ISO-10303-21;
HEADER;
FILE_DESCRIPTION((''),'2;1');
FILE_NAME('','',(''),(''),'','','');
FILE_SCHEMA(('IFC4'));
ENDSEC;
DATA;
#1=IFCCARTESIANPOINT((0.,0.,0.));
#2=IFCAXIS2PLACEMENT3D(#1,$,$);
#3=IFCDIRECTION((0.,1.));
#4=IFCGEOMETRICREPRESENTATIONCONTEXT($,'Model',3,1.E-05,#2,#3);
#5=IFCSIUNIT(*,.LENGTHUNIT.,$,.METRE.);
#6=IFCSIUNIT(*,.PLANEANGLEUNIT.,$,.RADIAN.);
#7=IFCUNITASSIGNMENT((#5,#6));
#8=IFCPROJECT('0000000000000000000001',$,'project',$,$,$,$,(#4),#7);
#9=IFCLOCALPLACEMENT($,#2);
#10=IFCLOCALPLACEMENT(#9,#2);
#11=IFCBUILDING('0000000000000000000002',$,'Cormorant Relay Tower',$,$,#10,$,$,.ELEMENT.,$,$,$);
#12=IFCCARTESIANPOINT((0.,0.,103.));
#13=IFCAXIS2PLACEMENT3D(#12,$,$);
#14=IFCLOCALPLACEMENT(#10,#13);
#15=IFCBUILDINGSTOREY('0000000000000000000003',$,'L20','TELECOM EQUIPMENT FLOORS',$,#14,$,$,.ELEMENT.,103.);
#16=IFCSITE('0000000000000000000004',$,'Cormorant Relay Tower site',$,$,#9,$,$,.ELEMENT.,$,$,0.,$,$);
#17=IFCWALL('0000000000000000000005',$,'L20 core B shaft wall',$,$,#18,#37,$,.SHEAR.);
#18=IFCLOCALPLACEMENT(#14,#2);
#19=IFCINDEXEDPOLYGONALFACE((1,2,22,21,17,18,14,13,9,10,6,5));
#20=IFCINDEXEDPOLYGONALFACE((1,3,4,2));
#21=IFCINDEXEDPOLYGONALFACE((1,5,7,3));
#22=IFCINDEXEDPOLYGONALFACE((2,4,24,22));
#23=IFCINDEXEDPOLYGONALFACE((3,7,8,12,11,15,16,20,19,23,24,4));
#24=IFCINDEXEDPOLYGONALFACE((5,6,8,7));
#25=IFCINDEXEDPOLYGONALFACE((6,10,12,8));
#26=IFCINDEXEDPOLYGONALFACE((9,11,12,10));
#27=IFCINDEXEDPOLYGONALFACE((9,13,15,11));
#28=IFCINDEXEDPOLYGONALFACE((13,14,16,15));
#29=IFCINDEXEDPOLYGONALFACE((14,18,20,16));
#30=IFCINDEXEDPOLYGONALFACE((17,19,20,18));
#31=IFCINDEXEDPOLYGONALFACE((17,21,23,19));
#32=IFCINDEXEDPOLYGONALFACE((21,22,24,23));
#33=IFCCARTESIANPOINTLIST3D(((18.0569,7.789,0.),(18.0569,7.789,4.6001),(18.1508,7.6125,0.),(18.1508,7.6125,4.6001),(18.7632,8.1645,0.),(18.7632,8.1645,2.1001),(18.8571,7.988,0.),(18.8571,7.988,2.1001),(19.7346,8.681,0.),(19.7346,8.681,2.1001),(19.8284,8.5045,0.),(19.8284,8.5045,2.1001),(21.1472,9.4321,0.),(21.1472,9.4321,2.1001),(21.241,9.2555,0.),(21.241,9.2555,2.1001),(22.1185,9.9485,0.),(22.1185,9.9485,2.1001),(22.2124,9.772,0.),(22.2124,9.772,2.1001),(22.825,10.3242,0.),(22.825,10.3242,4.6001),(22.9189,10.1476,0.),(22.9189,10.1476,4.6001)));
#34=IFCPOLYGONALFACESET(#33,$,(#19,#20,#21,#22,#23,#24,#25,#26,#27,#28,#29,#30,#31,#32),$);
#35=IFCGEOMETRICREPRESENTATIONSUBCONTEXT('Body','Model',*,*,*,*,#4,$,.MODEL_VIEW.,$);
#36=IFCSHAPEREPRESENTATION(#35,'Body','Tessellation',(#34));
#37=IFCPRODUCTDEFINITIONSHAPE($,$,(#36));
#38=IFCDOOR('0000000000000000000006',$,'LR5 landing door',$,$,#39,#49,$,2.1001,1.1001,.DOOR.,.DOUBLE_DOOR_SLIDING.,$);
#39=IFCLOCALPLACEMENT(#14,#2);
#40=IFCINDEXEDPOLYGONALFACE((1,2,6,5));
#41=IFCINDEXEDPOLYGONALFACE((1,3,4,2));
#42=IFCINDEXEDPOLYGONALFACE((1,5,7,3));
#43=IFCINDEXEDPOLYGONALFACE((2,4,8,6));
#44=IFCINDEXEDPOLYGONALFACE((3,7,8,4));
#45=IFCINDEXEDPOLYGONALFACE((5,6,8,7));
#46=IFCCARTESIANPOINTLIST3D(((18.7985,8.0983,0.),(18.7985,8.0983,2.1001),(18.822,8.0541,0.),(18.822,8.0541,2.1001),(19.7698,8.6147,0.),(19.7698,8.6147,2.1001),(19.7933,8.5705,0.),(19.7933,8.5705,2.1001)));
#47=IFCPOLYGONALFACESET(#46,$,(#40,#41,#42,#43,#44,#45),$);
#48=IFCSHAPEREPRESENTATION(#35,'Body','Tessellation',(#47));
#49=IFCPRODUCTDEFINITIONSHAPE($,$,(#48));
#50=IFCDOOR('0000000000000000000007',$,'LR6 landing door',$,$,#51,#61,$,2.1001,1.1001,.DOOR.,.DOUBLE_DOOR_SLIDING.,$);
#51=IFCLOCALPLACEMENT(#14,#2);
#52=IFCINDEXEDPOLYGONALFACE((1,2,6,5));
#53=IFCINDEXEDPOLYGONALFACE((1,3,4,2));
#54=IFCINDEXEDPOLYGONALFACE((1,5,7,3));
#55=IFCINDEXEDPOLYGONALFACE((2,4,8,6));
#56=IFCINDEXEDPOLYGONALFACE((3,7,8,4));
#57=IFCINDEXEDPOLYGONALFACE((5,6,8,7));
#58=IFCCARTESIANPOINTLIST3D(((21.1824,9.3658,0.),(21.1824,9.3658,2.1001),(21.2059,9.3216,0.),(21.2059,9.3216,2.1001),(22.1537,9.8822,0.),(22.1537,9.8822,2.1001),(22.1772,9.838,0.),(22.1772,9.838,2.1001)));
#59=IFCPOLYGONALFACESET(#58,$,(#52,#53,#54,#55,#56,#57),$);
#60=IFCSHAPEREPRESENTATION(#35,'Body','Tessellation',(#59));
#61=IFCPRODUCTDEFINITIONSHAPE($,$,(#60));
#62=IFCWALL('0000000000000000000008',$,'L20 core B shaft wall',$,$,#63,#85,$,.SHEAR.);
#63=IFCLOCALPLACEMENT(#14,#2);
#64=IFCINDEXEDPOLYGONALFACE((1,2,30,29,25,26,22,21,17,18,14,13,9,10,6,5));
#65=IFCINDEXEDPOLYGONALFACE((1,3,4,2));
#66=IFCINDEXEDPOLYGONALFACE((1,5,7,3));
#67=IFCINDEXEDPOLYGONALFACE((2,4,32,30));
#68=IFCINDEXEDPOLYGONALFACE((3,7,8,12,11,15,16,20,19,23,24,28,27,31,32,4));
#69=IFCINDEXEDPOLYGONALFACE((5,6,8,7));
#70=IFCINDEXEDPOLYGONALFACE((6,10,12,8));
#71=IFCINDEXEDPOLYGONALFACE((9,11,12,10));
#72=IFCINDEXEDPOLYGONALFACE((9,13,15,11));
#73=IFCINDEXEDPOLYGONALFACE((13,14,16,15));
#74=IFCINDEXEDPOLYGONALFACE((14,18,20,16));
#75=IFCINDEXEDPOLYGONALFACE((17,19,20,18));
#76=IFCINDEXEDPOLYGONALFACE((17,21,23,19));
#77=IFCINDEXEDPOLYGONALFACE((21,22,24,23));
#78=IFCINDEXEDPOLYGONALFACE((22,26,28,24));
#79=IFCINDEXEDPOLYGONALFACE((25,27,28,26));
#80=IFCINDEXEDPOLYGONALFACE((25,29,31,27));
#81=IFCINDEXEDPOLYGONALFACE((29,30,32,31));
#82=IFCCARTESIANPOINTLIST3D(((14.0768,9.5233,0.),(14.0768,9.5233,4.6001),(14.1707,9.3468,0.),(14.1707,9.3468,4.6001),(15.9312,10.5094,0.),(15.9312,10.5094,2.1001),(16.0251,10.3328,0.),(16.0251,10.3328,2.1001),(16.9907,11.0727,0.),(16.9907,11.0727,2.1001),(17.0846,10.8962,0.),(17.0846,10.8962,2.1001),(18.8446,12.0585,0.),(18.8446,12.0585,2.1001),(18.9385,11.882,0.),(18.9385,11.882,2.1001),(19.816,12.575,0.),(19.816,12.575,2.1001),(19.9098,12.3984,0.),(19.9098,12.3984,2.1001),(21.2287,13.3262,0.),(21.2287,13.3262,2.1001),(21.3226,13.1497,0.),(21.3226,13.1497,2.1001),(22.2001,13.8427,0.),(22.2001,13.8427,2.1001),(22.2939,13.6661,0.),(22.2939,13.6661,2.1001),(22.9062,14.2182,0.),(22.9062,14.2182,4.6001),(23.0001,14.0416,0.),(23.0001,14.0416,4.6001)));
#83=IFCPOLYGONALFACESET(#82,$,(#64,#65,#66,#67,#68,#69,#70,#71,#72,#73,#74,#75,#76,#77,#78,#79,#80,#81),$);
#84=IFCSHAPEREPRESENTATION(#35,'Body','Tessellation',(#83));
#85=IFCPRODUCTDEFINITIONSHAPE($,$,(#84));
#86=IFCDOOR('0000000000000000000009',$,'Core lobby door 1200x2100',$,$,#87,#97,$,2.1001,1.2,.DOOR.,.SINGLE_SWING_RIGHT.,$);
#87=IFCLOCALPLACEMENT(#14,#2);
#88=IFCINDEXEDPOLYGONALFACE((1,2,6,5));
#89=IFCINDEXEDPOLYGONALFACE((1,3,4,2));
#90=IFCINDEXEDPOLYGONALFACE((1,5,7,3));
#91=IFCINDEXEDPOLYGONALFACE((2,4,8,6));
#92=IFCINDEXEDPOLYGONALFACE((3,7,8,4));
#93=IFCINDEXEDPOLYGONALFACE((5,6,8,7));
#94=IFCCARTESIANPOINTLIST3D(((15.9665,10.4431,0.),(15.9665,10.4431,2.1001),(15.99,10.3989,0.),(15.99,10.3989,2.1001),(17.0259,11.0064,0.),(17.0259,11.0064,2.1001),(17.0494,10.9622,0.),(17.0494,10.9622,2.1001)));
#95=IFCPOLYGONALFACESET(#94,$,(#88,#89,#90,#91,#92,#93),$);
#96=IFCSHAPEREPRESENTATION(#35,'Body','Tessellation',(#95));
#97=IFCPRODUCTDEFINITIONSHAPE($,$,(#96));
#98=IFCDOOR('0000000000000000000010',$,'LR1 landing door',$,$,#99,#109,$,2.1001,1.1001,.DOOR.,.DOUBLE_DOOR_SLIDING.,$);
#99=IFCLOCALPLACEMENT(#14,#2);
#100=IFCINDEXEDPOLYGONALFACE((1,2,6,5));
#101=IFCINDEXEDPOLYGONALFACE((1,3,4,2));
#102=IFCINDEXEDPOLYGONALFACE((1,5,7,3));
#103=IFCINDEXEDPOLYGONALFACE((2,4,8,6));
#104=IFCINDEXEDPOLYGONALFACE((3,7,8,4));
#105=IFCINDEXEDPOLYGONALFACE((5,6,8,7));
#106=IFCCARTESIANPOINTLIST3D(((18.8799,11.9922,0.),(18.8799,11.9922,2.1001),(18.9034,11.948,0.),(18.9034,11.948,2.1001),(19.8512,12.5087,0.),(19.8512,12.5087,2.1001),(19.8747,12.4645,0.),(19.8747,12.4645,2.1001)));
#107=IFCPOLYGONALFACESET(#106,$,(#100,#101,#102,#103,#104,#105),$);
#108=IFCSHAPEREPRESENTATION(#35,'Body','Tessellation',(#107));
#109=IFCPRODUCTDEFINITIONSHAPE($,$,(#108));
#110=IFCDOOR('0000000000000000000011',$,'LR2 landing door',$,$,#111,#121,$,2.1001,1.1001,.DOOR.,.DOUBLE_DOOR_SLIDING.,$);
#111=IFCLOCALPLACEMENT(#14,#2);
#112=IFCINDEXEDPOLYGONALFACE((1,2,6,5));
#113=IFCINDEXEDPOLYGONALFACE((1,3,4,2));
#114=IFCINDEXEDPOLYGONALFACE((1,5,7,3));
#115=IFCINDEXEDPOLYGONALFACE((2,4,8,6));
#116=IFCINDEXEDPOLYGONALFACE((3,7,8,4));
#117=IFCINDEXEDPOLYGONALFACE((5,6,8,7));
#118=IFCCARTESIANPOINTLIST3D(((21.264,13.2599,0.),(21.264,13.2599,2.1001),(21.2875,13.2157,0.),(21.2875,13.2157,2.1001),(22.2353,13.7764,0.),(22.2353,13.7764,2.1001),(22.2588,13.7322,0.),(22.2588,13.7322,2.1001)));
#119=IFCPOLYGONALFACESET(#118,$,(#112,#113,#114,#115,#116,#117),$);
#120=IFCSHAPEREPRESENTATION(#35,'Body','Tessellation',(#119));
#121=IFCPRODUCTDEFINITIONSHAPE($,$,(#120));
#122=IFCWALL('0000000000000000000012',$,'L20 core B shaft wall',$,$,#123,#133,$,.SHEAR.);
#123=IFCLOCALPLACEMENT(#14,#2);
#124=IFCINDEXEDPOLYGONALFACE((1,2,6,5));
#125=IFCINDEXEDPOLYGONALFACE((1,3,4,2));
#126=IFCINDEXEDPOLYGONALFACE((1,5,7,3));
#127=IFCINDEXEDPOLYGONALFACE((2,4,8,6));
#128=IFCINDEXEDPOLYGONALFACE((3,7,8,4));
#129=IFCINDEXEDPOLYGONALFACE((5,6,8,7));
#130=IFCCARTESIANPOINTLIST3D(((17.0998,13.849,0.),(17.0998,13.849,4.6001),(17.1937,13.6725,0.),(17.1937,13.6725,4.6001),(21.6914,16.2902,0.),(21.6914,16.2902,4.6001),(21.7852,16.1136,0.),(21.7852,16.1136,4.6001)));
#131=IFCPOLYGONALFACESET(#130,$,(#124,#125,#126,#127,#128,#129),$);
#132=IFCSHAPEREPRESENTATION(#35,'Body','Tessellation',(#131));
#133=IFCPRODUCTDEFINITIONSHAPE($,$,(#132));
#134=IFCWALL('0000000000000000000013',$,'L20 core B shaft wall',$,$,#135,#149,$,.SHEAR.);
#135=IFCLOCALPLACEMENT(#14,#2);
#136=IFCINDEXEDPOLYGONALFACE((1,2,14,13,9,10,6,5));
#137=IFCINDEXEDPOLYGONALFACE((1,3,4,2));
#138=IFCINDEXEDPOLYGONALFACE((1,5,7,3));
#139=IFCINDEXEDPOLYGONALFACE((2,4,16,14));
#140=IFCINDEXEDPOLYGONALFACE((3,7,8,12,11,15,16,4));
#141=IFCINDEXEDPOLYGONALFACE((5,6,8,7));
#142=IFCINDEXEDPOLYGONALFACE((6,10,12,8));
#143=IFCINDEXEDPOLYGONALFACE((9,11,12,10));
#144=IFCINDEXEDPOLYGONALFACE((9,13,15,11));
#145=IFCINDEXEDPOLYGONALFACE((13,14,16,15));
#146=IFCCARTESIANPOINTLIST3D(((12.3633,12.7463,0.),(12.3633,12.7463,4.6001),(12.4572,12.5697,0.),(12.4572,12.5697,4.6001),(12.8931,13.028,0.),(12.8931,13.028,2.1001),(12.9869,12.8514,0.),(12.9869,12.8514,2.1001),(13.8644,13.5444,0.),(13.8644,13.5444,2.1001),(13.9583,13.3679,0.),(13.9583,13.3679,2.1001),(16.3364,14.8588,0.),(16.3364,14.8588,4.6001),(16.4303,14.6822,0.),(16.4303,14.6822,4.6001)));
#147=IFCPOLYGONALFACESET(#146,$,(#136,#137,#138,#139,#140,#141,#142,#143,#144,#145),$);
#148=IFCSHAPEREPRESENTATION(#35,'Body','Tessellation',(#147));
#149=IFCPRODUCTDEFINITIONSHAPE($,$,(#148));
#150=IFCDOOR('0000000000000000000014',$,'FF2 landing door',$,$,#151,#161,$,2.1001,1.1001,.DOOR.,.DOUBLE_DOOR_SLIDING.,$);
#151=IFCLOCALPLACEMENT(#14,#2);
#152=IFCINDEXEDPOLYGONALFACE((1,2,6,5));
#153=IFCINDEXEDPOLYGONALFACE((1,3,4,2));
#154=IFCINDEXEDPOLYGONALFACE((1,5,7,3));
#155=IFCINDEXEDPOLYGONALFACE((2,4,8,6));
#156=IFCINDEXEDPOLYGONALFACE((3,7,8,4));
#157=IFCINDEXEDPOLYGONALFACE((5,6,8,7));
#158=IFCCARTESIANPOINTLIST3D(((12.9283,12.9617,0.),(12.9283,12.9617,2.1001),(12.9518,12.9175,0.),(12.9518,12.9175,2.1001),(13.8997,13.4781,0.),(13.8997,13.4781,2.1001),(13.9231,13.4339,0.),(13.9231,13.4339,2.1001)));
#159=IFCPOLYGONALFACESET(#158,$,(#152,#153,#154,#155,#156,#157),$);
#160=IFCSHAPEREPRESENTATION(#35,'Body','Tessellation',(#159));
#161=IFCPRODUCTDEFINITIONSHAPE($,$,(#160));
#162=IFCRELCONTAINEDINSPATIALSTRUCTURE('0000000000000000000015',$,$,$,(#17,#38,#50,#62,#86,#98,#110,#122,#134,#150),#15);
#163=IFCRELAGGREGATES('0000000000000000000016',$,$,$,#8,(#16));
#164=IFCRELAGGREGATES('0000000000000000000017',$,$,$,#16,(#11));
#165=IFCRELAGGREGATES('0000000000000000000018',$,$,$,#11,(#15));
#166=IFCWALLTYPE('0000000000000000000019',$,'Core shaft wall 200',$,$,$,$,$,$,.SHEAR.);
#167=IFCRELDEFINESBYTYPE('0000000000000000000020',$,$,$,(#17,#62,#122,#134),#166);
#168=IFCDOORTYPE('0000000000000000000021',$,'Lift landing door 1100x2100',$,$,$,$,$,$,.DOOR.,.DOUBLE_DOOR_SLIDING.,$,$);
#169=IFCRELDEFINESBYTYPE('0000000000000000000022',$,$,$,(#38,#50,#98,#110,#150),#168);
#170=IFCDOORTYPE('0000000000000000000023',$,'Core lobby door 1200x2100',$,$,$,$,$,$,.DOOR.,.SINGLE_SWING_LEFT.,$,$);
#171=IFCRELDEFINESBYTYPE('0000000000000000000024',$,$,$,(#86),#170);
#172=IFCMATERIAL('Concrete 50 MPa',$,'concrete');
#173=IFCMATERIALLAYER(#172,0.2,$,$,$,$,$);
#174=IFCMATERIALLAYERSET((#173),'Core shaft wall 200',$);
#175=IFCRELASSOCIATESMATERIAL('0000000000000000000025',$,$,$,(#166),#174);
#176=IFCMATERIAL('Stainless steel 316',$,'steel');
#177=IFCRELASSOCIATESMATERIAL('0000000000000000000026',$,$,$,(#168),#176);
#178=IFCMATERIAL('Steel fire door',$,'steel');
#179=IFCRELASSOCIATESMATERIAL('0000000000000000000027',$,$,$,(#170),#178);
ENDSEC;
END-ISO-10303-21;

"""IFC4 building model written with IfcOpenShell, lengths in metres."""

from ifc_helpers import new_model, si_unit, direction, frame, frame_2d, origin, place, context, subcontext, project, spatial, rectangle, extrude, material, layer, layer_set, type_object, element, fill, save


model = new_model("IFC4")

# Units and contexts
model_context = context("Model", 3, precision=1e-05, world=origin(), true_north=direction((0.0, 1.0)))
body_context = subcontext(model_context, "Body", "Model", "MODEL_VIEW")
ifc_project = project(units=[si_unit("LENGTHUNIT", "METRE"), si_unit("PLANEANGLEUNIT", "RADIAN")], contexts=[model_context])

# Site, building, storey
site_placement = place(None, origin())
site = spatial("IfcSite", under=ifc_project, at=site_placement, Name="Cormorant Relay Tower site", CompositionType="ELEMENT", RefElevation=0.0)
building_placement = place(site_placement, origin())
building = spatial("IfcBuilding", under=site, at=building_placement, Name="Cormorant Relay Tower", CompositionType="ELEMENT")
storey_placement = place(building_placement, frame((0.0, 0.0, 103.0)))
storey = spatial("IfcBuildingStorey", under=building, at=storey_placement, Name="L20", Description="TELECOM EQUIPMENT FLOORS", CompositionType="ELEMENT", Elevation=103.0)

# Shared definitions
ifc_material_1 = material(Name="Concrete 50 MPa", Category="concrete")
ifc_layer_1 = layer(ifc_material_1, 0.2)
ifc_layer_set_1 = layer_set([ifc_layer_1], Name="Core shaft wall 200")
wall_type_1 = type_object("IfcWallType", Name="Core shaft wall 200", PredefinedType="SHEAR", material=ifc_layer_set_1)

# Walls, openings, doors
wall_1_placement = place(storey_placement, frame((18.1038, 7.7007, 0.0), z_axis=(0.0, 0.0, 1.0), x_axis=(0.882953, 0.469462, 0.0)))
wall_1 = element("IfcWall", 1, at=wall_1_placement, inside=storey, type_object=wall_type_1, Name="L20 core B shaft wall", PredefinedType="SHEAR", context=body_context, shape_type="SweptSolid", body=[
    extrude(rectangle(XDim=5.4001, YDim=0.2, at=frame_2d((2.7002, 0.0))), origin(), (0.0, 0.0, 1.0), 4.6001),
])
opening_1_placement = place(wall_1_placement, frame((0.8, 0.0, 0.0)))
opening_1 = element("IfcOpeningElement", 2, at=opening_1_placement, cuts=wall_1, PredefinedType="OPENING", context=body_context, shape_type="SweptSolid", body=[
    extrude(rectangle(XDim=1.1001, YDim=2.1001, at=frame_2d((0.55, 1.05))), frame((0.0, 0.1099, 0.0), z_axis=(0.0, -1.0, 0.0), x_axis=(1.0, 0.0, 0.0)), (0.0, 0.0, 1.0), 0.22),
])
opening_2_placement = place(wall_1_placement, frame((3.5, 0.0, 0.0)))
opening_2 = element("IfcOpeningElement", 3, at=opening_2_placement, cuts=wall_1, PredefinedType="OPENING", context=body_context, shape_type="SweptSolid", body=[
    extrude(rectangle(XDim=1.1001, YDim=2.1001, at=frame_2d((0.55, 1.05))), frame((0.0, 0.1099, 0.0), z_axis=(0.0, -1.0, 0.0), x_axis=(1.0, 0.0, 0.0)), (0.0, 0.0, 1.0), 0.22),
])
ifc_material_2 = material(Name="Stainless steel 316", Category="steel")
door_type_1 = type_object("IfcDoorType", Name="Lift landing door 1100x2100", OperationType="DOUBLE_DOOR_SLIDING", PredefinedType="DOOR", material=ifc_material_2)
door_1_placement = place(opening_1_placement, origin())
door_1 = element("IfcDoor", 4, at=door_1_placement, inside=storey, type_object=door_type_1, Name="LR5 landing door", OperationType="DOUBLE_DOOR_SLIDING", OverallHeight=2.1001, OverallWidth=1.1001, PredefinedType="DOOR", context=body_context, shape_type="SweptSolid", body=[
    extrude(rectangle(XDim=1.1001, YDim=2.1001, at=frame_2d((0.55, 1.05))), frame((0.0, 0.0249, 0.0), z_axis=(0.0, -1.0, 0.0), x_axis=(1.0, 0.0, 0.0)), (0.0, 0.0, 1.0), 0.05),
])
fill(opening_1, door_1)
door_2_placement = place(opening_2_placement, origin())
door_2 = element("IfcDoor", 5, at=door_2_placement, inside=storey, type_object=door_type_1, Name="LR6 landing door", OperationType="DOUBLE_DOOR_SLIDING", OverallHeight=2.1001, OverallWidth=1.1001, PredefinedType="DOOR", context=body_context, shape_type="SweptSolid", body=[
    extrude(rectangle(XDim=1.1001, YDim=2.1001, at=frame_2d((0.55, 1.05))), frame((0.0, 0.0249, 0.0), z_axis=(0.0, -1.0, 0.0), x_axis=(1.0, 0.0, 0.0)), (0.0, 0.0, 1.0), 0.05),
])
fill(opening_2, door_2)
wall_2_placement = place(storey_placement, frame((14.1238, 9.4351, 0.0), z_axis=(0.0, 0.0, 1.0), x_axis=(0.88294, 0.469485, 0.0)))
wall_2 = element("IfcWall", 6, at=wall_2_placement, inside=storey, type_object=wall_type_1, Name="L20 core B shaft wall", PredefinedType="SHEAR", context=body_context, shape_type="SweptSolid", body=[
    extrude(rectangle(XDim=10.0, YDim=0.2, at=frame_2d((5.0, 0.0))), origin(), (0.0, 0.0, 1.0), 4.6001),
])
opening_3_placement = place(wall_2_placement, frame((2.1001, 0.0, 0.0)))
opening_3 = element("IfcOpeningElement", 7, at=opening_3_placement, cuts=wall_2, PredefinedType="OPENING", context=body_context, shape_type="SweptSolid", body=[
    extrude(rectangle(XDim=1.2, YDim=2.1001, at=frame_2d((0.6001, 1.05))), frame((0.0, 0.1099, 0.0), z_axis=(0.0, -1.0, 0.0), x_axis=(1.0, 0.0, 0.0)), (0.0, 0.0, 1.0), 0.22),
])
opening_4_placement = place(wall_2_placement, frame((5.3999, 0.0, 0.0)))
opening_4 = element("IfcOpeningElement", 8, at=opening_4_placement, cuts=wall_2, PredefinedType="OPENING", context=body_context, shape_type="SweptSolid", body=[
    extrude(rectangle(XDim=1.1001, YDim=2.1001, at=frame_2d((0.55, 1.05))), frame((0.0, 0.1099, 0.0), z_axis=(0.0, -1.0, 0.0), x_axis=(1.0, 0.0, 0.0)), (0.0, 0.0, 1.0), 0.22),
])
opening_5_placement = place(wall_2_placement, frame((8.1001, 0.0, 0.0)))
opening_5 = element("IfcOpeningElement", 9, at=opening_5_placement, cuts=wall_2, PredefinedType="OPENING", context=body_context, shape_type="SweptSolid", body=[
    extrude(rectangle(XDim=1.1001, YDim=2.1001, at=frame_2d((0.55, 1.05))), frame((0.0, 0.1099, 0.0), z_axis=(0.0, -1.0, 0.0), x_axis=(1.0, 0.0, 0.0)), (0.0, 0.0, 1.0), 0.22),
])
ifc_material_3 = material(Name="Steel fire door", Category="steel")
door_type_2 = type_object("IfcDoorType", Name="Core lobby door 1200x2100", OperationType="SINGLE_SWING_LEFT", PredefinedType="DOOR", material=ifc_material_3)
door_3_placement = place(opening_3_placement, origin())
door_3 = element("IfcDoor", 10, at=door_3_placement, inside=storey, type_object=door_type_2, Name="Core lobby door 1200x2100", OperationType="SINGLE_SWING_RIGHT", OverallHeight=2.1001, OverallWidth=1.2, PredefinedType="DOOR", context=body_context, shape_type="SweptSolid", body=[
    extrude(rectangle(XDim=1.2, YDim=2.1001, at=frame_2d((0.6001, 1.05))), frame((0.0, 0.0249, 0.0), z_axis=(0.0, -1.0, 0.0), x_axis=(1.0, 0.0, 0.0)), (0.0, 0.0, 1.0), 0.05),
])
fill(opening_3, door_3)
door_4_placement = place(opening_4_placement, origin())
door_4 = element("IfcDoor", 11, at=door_4_placement, inside=storey, type_object=door_type_1, Name="LR1 landing door", OperationType="DOUBLE_DOOR_SLIDING", OverallHeight=2.1001, OverallWidth=1.1001, PredefinedType="DOOR", context=body_context, shape_type="SweptSolid", body=[
    extrude(rectangle(XDim=1.1001, YDim=2.1001, at=frame_2d((0.55, 1.05))), frame((0.0, 0.0249, 0.0), z_axis=(0.0, -1.0, 0.0), x_axis=(1.0, 0.0, 0.0)), (0.0, 0.0, 1.0), 0.05),
])
fill(opening_4, door_4)
door_5_placement = place(opening_5_placement, origin())
door_5 = element("IfcDoor", 12, at=door_5_placement, inside=storey, type_object=door_type_1, Name="LR2 landing door", OperationType="DOUBLE_DOOR_SLIDING", OverallHeight=2.1001, OverallWidth=1.1001, PredefinedType="DOOR", context=body_context, shape_type="SweptSolid", body=[
    extrude(rectangle(XDim=1.1001, YDim=2.1001, at=frame_2d((0.55, 1.05))), frame((0.0, 0.0249, 0.0), z_axis=(0.0, -1.0, 0.0), x_axis=(1.0, 0.0, 0.0)), (0.0, 0.0, 1.0), 0.05),
])
fill(opening_5, door_5)

# Wall
wall_3_placement = place(storey_placement, frame((17.1467, 13.7607, 0.0), z_axis=(0.0, 0.0, 1.0), x_axis=(0.882964, 0.46944, 0.0)))
element("IfcWall", 13, at=wall_3_placement, inside=storey, type_object=wall_type_1, Name="L20 core B shaft wall", PredefinedType="SHEAR", context=body_context, shape_type="SweptSolid", body=[
    extrude(rectangle(XDim=5.2002, YDim=0.2, at=frame_2d((2.6001, 0.0))), origin(), (0.0, 0.0, 1.0), 4.6001),
])

# Wall, opening, door
wall_4_placement = place(storey_placement, frame((12.4102, 12.658, 0.0), z_axis=(0.0, 0.0, 1.0), x_axis=(0.882948, 0.46947, 0.0)))
wall_4 = element("IfcWall", 14, at=wall_4_placement, inside=storey, type_object=wall_type_1, Name="L20 core B shaft wall", PredefinedType="SHEAR", context=body_context, shape_type="SweptSolid", body=[
    extrude(rectangle(XDim=4.4998, YDim=0.2, at=frame_2d((2.25, 0.0))), origin(), (0.0, 0.0, 1.0), 4.6001),
])
opening_6_placement = place(wall_4_placement, frame((0.6001, 0.0, 0.0)))
opening_6 = element("IfcOpeningElement", 15, at=opening_6_placement, cuts=wall_4, PredefinedType="OPENING", context=body_context, shape_type="SweptSolid", body=[
    extrude(rectangle(XDim=1.1001, YDim=2.1001, at=frame_2d((0.55, 1.05))), frame((0.0, 0.1099, 0.0), z_axis=(0.0, -1.0, 0.0), x_axis=(1.0, 0.0, 0.0)), (0.0, 0.0, 1.0), 0.22),
])
door_6_placement = place(opening_6_placement, origin())
door_6 = element("IfcDoor", 16, at=door_6_placement, inside=storey, type_object=door_type_1, Name="FF2 landing door", OperationType="DOUBLE_DOOR_SLIDING", OverallHeight=2.1001, OverallWidth=1.1001, PredefinedType="DOOR", context=body_context, shape_type="SweptSolid", body=[
    extrude(rectangle(XDim=1.1001, YDim=2.1001, at=frame_2d((0.55, 1.05))), frame((0.0, 0.0249, 0.0), z_axis=(0.0, -1.0, 0.0), x_axis=(1.0, 0.0, 0.0)), (0.0, 0.0, 1.0), 0.05),
])
fill(opening_6, door_6)

save(model, "model.ifc")
